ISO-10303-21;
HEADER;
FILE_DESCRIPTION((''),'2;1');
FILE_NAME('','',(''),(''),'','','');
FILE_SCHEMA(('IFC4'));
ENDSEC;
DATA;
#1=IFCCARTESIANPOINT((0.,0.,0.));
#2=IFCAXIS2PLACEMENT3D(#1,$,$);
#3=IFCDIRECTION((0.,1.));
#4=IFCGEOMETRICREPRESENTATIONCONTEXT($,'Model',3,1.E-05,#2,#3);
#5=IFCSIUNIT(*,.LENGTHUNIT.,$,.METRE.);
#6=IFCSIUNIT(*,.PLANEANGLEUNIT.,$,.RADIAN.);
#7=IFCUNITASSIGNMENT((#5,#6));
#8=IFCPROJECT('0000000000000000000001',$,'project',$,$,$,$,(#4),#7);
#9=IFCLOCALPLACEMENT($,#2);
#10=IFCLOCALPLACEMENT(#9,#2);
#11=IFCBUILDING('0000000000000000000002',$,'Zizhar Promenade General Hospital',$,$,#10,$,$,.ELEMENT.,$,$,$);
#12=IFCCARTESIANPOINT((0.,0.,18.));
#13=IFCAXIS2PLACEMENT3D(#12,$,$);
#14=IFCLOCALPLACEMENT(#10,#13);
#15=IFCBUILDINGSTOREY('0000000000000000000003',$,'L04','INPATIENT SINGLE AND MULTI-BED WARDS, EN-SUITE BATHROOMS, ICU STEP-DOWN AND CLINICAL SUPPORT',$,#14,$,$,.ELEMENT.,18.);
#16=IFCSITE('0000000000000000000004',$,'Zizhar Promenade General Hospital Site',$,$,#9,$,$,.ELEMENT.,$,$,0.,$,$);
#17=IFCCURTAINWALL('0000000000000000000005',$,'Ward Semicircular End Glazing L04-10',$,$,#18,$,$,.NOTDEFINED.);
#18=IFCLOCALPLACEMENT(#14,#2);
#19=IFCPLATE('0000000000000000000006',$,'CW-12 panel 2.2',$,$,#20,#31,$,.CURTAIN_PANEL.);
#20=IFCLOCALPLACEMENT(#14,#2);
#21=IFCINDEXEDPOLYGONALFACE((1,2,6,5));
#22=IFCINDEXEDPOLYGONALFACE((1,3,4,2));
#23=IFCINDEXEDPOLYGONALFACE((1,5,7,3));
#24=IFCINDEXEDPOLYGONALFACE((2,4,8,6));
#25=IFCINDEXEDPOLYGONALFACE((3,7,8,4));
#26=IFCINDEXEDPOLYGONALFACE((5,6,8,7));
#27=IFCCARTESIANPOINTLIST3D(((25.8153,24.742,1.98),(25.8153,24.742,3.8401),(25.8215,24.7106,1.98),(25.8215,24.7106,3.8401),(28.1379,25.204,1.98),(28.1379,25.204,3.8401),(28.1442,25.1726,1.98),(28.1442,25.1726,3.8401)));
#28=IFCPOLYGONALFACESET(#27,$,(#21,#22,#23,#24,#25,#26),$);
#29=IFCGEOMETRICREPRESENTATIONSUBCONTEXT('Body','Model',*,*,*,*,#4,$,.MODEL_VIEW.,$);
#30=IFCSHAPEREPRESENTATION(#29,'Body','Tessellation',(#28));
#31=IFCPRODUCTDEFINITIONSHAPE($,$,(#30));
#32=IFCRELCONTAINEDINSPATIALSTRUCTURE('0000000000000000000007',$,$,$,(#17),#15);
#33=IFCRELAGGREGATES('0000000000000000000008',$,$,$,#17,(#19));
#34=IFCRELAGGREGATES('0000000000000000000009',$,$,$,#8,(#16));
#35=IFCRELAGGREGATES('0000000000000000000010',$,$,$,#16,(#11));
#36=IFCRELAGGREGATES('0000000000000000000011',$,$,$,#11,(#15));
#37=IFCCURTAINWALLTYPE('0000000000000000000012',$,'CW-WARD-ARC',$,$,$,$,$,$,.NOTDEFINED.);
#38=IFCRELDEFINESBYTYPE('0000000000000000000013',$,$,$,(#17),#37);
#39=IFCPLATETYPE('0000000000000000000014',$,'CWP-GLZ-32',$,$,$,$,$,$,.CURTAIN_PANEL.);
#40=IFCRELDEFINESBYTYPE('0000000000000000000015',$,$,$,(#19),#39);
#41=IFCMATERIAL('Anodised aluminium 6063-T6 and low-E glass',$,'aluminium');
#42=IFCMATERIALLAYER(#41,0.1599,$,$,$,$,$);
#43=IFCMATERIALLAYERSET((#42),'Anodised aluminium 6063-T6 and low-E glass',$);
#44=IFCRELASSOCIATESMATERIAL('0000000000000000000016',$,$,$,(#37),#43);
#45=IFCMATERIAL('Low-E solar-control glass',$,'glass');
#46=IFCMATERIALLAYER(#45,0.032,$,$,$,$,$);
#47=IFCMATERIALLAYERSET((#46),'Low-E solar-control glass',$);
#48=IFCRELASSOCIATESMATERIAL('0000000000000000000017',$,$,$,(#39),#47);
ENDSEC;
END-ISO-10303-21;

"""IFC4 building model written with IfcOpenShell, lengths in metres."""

from ifc_helpers import new_model, si_unit, direction, frame, origin, origin_2d, place, context, subcontext, project, spatial, rectangle, extrude, material, layer, layer_set, type_object, element, aggregate, save


model = new_model("IFC4")

# Units and contexts
model_context = context("Model", 3, precision=1e-05, world=origin(), true_north=direction((0.0, 1.0)))
body_context = subcontext(model_context, "Body", "Model", "MODEL_VIEW")
ifc_project = project(units=[si_unit("LENGTHUNIT", "METRE"), si_unit("PLANEANGLEUNIT", "RADIAN")], contexts=[model_context])

# Site, building, storey
site_placement = place(None, origin())
site = spatial("IfcSite", under=ifc_project, at=site_placement, Name="Zizhar Promenade General Hospital Site", CompositionType="ELEMENT", RefElevation=0.0)
building_placement = place(site_placement, origin())
building = spatial("IfcBuilding", under=site, at=building_placement, Name="Zizhar Promenade General Hospital", CompositionType="ELEMENT")
storey_placement = place(building_placement, frame((0.0, 0.0, 18.0)))
storey = spatial("IfcBuildingStorey", under=building, at=storey_placement, Name="L04", Description="INPATIENT SINGLE AND MULTI-BED WARDS, EN-SUITE BATHROOMS, ICU STEP-DOWN AND CLINICAL SUPPORT", CompositionType="ELEMENT", Elevation=18.0)

# Curtain wall
ifc_material_1 = material(Name="Anodised aluminium 6063-T6 and low-E glass", Category="aluminium")
ifc_layer_1 = layer(ifc_material_1, 0.1599)
ifc_layer_set_1 = layer_set([ifc_layer_1], Name="Anodised aluminium 6063-T6 and low-E glass")
curtain_wall_type_1 = type_object("IfcCurtainWallType", Name="CW-WARD-ARC", PredefinedType="NOTDEFINED", material=ifc_layer_set_1)
curtain_wall_1_placement = place(storey_placement, origin())
curtain_wall_1 = element("IfcCurtainWall", 1, at=curtain_wall_1_placement, inside=storey, type_object=curtain_wall_type_1, Name="Ward Semicircular End Glazing L04-10", PredefinedType="NOTDEFINED")

# Plate
ifc_material_2 = material(Name="Low-E solar-control glass", Category="glass")
ifc_layer_2 = layer(ifc_material_2, 0.032)
ifc_layer_set_2 = layer_set([ifc_layer_2], Name="Low-E solar-control glass")
plate_type = type_object("IfcPlateType", Name="CWP-GLZ-32", PredefinedType="CURTAIN_PANEL", material=ifc_layer_set_2)
plate_1_placement = place(storey_placement, frame((26.9797, 24.9573, 1.98), z_axis=(0.0, 0.0, 1.0), x_axis=(0.980786, 0.195087, 0.0)))
plate_1 = element("IfcPlate", 2, at=plate_1_placement, type_object=plate_type, Name="CW-12 panel 2.2", PredefinedType="CURTAIN_PANEL", context=body_context, shape_type="SweptSolid", body=[
    extrude(rectangle(XDim=2.3682, YDim=0.032, at=origin_2d()), origin(), (0.0, 0.0, 1.0), 1.8601),
])
aggregate(curtain_wall_1, [plate_1])

save(model, "model.ifc")
